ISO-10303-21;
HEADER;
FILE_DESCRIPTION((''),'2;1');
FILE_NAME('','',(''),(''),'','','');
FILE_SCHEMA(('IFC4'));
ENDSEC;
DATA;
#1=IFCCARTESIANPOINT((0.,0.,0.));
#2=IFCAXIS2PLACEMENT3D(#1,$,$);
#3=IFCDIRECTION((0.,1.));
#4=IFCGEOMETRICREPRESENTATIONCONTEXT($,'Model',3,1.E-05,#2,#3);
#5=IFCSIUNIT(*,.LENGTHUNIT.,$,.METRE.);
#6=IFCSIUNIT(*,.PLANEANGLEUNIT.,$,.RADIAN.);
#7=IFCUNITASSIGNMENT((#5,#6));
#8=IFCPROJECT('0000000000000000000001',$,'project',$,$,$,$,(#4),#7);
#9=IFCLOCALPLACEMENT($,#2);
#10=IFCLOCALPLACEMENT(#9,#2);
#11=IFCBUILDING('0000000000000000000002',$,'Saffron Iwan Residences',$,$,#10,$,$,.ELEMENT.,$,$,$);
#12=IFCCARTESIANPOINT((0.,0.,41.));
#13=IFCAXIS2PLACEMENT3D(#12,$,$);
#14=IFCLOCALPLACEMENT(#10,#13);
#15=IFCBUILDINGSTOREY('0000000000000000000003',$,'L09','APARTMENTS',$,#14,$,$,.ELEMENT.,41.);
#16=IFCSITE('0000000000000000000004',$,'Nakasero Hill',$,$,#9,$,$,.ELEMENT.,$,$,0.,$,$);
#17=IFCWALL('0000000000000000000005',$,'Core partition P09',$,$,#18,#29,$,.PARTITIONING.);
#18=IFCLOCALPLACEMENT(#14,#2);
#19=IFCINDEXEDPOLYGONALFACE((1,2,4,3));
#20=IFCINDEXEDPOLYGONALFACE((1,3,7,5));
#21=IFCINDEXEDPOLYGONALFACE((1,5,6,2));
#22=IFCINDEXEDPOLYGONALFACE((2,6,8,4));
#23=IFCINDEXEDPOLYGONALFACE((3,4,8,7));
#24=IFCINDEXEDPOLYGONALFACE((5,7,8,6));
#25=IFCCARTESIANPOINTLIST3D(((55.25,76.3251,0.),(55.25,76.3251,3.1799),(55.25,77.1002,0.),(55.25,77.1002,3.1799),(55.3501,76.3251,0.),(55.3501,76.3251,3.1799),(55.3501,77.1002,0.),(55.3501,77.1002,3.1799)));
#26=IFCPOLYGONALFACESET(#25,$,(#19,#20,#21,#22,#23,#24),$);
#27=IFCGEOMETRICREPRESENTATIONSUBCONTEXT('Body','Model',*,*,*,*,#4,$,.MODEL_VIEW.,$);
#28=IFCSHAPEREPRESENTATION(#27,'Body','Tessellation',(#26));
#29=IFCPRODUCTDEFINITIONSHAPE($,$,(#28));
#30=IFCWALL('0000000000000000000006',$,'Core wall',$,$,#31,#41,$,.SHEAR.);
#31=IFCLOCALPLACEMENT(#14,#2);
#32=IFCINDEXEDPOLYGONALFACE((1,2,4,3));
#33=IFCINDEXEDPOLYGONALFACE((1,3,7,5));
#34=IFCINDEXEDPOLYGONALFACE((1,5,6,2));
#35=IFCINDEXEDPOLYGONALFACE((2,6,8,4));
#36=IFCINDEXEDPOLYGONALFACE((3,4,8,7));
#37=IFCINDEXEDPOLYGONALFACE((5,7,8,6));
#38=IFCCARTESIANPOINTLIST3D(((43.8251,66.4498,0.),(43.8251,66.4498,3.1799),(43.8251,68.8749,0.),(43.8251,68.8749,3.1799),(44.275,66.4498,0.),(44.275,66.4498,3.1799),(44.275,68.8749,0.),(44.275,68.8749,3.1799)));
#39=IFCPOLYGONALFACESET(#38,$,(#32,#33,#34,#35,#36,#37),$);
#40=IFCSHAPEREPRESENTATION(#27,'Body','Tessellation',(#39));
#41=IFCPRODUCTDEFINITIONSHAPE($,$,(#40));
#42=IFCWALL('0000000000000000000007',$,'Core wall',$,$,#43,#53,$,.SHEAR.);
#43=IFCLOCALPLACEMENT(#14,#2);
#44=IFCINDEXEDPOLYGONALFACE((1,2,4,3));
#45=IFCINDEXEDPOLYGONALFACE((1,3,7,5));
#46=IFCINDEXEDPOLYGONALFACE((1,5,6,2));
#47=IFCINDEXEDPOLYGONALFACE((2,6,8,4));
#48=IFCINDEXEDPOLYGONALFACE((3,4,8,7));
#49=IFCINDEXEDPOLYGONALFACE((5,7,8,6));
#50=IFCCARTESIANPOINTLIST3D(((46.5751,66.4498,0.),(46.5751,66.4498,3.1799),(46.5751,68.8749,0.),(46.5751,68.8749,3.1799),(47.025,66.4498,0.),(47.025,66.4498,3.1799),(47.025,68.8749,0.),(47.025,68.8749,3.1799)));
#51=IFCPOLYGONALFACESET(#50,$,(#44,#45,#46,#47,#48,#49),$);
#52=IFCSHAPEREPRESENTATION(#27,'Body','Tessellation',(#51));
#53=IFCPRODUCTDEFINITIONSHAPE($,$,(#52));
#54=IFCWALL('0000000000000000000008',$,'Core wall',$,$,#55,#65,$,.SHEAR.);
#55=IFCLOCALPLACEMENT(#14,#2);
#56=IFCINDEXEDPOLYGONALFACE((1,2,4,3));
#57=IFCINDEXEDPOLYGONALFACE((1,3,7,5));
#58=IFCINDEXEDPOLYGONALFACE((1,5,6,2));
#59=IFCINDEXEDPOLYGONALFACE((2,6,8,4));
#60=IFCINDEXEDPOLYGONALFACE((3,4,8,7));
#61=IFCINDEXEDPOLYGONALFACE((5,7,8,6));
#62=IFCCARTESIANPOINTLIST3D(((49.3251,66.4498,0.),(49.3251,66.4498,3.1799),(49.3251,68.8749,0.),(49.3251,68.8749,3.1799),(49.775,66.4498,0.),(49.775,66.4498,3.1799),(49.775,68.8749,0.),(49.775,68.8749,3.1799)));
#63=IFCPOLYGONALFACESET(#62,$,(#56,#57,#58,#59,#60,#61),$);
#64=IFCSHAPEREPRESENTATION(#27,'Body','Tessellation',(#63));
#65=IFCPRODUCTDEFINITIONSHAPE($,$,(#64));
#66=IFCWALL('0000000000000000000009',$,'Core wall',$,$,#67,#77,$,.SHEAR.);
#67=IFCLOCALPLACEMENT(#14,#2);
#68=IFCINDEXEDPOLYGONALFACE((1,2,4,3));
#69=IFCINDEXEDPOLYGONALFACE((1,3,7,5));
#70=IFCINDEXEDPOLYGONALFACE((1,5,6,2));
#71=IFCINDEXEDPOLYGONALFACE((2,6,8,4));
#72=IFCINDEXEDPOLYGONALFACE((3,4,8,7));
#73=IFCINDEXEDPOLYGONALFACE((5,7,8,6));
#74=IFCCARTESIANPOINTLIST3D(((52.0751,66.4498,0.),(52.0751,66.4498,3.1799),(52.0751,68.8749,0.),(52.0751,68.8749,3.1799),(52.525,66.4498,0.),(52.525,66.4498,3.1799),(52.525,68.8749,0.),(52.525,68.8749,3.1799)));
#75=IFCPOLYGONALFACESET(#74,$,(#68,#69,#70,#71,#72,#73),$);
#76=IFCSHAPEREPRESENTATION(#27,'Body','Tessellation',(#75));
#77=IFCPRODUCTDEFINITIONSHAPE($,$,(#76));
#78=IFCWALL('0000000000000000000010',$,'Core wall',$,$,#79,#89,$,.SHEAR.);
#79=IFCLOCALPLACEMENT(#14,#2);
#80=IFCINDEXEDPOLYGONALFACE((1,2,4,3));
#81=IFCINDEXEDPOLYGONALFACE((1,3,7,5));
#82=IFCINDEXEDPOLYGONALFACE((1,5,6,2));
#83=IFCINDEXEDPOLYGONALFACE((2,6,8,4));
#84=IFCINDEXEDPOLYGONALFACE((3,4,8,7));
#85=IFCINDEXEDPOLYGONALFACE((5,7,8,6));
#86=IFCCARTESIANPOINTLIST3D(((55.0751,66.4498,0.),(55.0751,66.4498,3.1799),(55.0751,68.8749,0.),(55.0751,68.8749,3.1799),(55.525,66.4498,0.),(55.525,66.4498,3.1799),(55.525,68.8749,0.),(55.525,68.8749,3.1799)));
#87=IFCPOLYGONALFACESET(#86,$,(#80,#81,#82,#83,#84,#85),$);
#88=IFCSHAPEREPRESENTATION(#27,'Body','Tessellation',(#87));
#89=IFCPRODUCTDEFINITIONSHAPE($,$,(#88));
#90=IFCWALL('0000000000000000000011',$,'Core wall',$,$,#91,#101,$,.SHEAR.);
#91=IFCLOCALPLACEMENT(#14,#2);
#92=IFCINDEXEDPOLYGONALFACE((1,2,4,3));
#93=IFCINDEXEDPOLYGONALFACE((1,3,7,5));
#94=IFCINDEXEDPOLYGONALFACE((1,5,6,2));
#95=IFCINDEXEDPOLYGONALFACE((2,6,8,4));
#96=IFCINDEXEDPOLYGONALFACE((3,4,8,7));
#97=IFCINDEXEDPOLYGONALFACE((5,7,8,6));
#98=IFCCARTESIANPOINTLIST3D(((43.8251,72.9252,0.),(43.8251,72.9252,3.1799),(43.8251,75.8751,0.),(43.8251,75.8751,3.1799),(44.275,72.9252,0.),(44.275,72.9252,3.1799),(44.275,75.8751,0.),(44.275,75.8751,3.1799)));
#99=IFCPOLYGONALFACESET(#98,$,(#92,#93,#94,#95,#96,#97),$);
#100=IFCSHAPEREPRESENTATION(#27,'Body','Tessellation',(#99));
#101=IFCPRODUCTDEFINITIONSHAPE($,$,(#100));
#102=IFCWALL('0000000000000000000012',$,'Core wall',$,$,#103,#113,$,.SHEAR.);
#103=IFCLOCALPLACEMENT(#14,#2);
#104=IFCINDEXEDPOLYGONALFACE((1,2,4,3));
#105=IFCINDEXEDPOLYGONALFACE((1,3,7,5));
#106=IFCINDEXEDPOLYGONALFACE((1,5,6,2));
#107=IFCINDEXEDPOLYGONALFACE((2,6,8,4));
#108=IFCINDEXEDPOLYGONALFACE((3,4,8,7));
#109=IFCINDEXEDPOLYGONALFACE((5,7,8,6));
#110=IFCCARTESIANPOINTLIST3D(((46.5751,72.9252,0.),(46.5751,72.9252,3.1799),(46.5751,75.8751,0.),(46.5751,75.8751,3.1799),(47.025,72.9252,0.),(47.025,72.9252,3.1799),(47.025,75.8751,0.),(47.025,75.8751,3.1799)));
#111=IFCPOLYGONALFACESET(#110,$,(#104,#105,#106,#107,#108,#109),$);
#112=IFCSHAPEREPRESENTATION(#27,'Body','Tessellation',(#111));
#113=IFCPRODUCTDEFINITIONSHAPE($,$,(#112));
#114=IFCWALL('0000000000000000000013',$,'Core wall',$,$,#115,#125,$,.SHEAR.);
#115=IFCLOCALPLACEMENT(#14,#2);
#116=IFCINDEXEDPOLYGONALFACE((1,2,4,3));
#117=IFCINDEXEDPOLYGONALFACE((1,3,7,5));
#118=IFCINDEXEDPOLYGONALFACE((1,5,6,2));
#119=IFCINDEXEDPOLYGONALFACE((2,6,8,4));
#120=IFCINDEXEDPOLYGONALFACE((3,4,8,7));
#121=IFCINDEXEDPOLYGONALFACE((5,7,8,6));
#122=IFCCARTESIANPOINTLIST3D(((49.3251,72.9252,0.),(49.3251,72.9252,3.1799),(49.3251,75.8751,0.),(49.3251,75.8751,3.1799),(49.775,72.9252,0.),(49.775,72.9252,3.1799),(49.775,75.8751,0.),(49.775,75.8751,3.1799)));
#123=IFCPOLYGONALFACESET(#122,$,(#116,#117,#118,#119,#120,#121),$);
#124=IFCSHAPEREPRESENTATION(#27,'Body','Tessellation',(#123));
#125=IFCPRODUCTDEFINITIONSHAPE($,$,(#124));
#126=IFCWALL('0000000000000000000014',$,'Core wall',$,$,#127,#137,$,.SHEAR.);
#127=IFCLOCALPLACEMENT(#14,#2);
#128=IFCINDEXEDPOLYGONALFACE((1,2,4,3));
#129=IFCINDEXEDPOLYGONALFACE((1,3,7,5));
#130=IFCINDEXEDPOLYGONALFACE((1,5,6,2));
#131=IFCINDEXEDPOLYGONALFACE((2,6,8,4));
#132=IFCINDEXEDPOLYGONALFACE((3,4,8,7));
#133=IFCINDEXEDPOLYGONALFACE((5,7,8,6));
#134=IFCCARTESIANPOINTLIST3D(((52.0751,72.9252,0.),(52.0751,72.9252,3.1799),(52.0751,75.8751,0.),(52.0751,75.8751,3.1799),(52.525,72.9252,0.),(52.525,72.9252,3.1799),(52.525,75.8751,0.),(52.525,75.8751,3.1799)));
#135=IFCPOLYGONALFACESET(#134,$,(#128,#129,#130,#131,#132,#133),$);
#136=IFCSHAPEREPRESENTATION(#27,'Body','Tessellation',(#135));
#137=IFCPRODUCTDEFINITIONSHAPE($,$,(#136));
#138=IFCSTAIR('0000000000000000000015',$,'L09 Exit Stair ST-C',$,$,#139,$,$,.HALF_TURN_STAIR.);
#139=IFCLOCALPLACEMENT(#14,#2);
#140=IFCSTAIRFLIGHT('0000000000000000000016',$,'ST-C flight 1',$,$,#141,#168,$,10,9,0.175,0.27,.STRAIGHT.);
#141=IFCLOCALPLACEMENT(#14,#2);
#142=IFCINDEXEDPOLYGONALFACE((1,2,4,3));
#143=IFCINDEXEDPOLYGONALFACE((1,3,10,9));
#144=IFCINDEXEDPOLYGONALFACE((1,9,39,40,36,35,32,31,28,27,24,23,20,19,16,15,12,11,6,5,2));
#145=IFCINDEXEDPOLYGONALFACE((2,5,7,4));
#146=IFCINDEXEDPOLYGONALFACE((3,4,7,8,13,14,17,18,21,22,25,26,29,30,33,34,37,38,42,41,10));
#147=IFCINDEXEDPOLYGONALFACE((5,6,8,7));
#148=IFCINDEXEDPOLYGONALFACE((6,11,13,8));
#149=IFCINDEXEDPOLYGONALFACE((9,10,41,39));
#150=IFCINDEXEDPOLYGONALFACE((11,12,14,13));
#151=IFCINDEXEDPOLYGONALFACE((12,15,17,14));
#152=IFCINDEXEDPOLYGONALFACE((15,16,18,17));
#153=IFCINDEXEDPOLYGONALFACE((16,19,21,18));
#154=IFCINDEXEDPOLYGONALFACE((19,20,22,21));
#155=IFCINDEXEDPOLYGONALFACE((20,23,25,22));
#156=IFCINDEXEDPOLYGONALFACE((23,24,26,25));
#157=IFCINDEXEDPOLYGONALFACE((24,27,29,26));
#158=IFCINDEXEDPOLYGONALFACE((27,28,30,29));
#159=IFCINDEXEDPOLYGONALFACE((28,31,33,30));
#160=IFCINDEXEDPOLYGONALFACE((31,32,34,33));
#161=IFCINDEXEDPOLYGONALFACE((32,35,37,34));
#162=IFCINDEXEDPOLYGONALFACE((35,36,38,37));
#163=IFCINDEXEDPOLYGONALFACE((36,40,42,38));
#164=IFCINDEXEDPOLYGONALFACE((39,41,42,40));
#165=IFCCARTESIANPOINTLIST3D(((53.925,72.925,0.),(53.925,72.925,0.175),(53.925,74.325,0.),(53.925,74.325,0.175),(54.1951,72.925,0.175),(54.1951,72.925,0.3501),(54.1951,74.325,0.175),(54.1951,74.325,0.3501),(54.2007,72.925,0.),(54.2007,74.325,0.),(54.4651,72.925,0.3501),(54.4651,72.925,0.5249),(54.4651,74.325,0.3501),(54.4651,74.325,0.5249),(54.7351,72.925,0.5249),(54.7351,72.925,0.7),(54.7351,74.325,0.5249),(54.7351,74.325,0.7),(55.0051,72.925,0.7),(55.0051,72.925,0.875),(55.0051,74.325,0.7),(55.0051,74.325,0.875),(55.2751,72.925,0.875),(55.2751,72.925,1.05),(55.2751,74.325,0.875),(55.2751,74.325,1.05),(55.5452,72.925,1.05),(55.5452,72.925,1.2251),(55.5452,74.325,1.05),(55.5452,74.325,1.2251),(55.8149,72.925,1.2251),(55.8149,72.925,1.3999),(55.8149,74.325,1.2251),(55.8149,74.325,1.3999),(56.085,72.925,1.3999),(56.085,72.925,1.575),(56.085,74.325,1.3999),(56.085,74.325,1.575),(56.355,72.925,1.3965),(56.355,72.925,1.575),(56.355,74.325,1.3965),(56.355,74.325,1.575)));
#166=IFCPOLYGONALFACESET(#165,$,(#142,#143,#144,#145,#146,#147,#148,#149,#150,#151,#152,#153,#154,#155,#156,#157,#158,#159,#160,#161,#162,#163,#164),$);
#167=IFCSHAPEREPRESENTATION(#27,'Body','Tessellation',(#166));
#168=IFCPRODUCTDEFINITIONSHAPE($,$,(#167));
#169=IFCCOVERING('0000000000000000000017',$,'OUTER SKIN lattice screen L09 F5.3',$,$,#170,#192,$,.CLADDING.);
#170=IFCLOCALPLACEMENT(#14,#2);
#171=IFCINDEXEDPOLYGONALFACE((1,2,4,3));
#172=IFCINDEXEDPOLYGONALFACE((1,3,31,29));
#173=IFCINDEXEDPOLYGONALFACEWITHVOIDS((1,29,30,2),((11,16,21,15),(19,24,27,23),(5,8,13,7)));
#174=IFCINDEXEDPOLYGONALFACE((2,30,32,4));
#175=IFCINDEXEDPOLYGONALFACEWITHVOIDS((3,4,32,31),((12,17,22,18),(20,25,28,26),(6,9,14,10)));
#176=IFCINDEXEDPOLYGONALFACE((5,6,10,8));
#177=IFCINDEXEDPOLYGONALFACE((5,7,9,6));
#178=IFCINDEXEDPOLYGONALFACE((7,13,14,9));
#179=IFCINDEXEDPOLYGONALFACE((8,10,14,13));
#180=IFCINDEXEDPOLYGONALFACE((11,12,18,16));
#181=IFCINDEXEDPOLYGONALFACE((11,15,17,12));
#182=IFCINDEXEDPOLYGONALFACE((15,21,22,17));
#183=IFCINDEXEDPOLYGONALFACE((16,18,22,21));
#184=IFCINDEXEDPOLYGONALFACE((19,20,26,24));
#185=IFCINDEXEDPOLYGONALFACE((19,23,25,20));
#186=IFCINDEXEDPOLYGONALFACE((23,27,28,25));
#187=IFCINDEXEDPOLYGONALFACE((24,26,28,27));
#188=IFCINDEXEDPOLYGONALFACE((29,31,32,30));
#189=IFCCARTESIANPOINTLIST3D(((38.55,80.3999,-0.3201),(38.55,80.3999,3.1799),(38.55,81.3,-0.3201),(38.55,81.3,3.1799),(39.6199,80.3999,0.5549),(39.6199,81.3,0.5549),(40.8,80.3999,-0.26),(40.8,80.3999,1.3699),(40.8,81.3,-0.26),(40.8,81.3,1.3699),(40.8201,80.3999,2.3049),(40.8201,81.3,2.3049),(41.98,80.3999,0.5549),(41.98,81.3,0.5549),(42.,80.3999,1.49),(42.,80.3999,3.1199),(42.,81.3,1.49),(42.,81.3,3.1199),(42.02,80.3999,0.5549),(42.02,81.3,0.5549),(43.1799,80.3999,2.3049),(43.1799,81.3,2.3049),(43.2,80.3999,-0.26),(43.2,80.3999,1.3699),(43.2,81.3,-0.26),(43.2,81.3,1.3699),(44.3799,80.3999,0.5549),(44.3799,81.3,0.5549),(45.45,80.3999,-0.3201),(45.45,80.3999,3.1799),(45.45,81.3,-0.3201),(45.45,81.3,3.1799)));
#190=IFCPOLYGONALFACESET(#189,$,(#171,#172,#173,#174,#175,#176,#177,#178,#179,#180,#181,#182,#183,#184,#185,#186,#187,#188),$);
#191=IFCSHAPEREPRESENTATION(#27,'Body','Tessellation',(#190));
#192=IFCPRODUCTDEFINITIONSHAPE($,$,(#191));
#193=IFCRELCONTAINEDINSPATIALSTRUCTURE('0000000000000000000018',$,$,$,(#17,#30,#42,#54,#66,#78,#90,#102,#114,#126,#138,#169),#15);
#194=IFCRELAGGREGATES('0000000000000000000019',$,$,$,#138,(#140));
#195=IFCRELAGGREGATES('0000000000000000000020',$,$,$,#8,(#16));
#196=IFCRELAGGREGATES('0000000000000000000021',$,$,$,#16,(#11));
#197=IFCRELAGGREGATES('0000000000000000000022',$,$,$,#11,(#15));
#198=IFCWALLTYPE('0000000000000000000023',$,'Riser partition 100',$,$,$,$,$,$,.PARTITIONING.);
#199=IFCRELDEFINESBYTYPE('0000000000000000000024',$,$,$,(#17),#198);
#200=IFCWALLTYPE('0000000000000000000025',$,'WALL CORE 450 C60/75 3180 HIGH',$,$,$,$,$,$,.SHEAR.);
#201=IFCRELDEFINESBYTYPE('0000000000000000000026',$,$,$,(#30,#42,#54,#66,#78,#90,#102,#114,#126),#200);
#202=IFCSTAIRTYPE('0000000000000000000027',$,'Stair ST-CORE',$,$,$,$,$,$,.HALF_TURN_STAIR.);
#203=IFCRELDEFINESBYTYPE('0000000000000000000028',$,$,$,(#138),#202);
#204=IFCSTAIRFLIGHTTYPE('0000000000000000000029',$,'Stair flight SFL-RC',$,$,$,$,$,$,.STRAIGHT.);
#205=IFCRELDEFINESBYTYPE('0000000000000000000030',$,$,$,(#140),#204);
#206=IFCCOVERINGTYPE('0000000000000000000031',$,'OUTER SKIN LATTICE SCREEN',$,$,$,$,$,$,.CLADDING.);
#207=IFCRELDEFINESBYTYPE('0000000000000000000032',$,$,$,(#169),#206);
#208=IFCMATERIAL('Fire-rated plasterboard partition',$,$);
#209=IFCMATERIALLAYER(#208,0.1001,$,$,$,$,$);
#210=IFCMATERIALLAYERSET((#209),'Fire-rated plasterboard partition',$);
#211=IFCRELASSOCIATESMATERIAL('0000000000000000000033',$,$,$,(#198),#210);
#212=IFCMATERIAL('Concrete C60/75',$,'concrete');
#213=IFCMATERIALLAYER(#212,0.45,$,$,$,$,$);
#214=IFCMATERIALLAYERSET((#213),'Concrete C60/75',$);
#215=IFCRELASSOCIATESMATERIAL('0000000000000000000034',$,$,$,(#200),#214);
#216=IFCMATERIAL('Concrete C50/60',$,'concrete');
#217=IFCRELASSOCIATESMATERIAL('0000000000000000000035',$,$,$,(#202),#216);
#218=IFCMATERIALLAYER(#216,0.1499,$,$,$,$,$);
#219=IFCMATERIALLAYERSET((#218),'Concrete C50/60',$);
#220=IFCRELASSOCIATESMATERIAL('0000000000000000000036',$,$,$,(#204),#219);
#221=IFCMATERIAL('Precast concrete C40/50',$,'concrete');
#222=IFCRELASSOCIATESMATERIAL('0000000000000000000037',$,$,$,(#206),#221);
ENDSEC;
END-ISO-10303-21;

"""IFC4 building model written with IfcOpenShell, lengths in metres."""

from ifc_helpers import new_model, si_unit, direction, frame, frame_2d, origin, place, context, subcontext, project, spatial, polyline, rectangle, outline, extrude, material, layer, layer_set, type_object, element, aggregate, save


model = new_model("IFC4")

# Units and contexts
model_context = context("Model", 3, precision=1e-05, world=origin(), true_north=direction((0.0, 1.0)))
body_context = subcontext(model_context, "Body", "Model", "MODEL_VIEW")
ifc_project = project(units=[si_unit("LENGTHUNIT", "METRE"), si_unit("PLANEANGLEUNIT", "RADIAN")], contexts=[model_context])

# Site, building, storey
site_placement = place(None, origin())
site = spatial("IfcSite", under=ifc_project, at=site_placement, Name="Nakasero Hill", CompositionType="ELEMENT", RefElevation=0.0)
building_placement = place(site_placement, origin())
building = spatial("IfcBuilding", under=site, at=building_placement, Name="Saffron Iwan Residences", CompositionType="ELEMENT")
storey_placement = place(building_placement, frame((0.0, 0.0, 41.0)))
storey = spatial("IfcBuildingStorey", under=building, at=storey_placement, Name="L09", Description="APARTMENTS", CompositionType="ELEMENT", Elevation=41.0)

# Shared definitions
ifc_material_1 = material(Name="Concrete C60/75", Category="concrete")

# Shared definitions
ifc_material_2 = material(Name="Fire-rated plasterboard partition")

# Walls
ifc_layer_1 = layer(ifc_material_2, 0.1001)
ifc_layer_set_1 = layer_set([ifc_layer_1], Name="Fire-rated plasterboard partition")
wall_type_1 = type_object("IfcWallType", Name="Riser partition 100", PredefinedType="PARTITIONING", material=ifc_layer_set_1)
for number, where, z_axis, x_axis, name in (
    (1, (55.3, 76.325, 0.0), (0.0, 0.0, 1.0), (0.0, 1.0, 0.0), "Core partition P09"),
):
    element("IfcWall", number, at=place(storey_placement, frame(where, z_axis=z_axis, x_axis=x_axis)), inside=storey, type_object=wall_type_1, Name=name, PredefinedType="PARTITIONING", context=body_context, shape_type="SweptSolid", body=[
        extrude(rectangle(XDim=0.7751, YDim=0.1001, at=frame_2d((0.3877, 0.0))), origin(), (0.0, 0.0, 1.0), 3.1799),
    ])
ifc_layer_2 = layer(ifc_material_1, 0.45)
ifc_layer_set_2 = layer_set([ifc_layer_2], Name="Concrete C60/75")
wall_type_2 = type_object("IfcWallType", Name="WALL CORE 450 C60/75 3180 HIGH", PredefinedType="SHEAR", material=ifc_layer_set_2)
for number, where, z_axis, x_axis, name in (
    (2, (44.05, 66.45, 0.0), (0.0, 0.0, 1.0), (0.0, 1.0, 0.0), "Core wall"),
    (3, (46.8, 66.45, 0.0), (0.0, 0.0, 1.0), (0.0, 1.0, 0.0), "Core wall"),
    (4, (49.55, 66.45, 0.0), (0.0, 0.0, 1.0), (0.0, 1.0, 0.0), "Core wall"),
    (5, (52.3, 66.45, 0.0), (0.0, 0.0, 1.0), (0.0, 1.0, 0.0), "Core wall"),
    (6, (55.3, 66.45, 0.0), (0.0, 0.0, 1.0), (0.0, 1.0, 0.0), "Core wall"),
):
    element("IfcWall", number, at=place(storey_placement, frame(where, z_axis=z_axis, x_axis=x_axis)), inside=storey, type_object=wall_type_2, Name=name, PredefinedType="SHEAR", context=body_context, shape_type="SweptSolid", body=[
        extrude(rectangle(XDim=2.425, YDim=0.45, at=frame_2d((1.2124, 0.0))), origin(), (0.0, 0.0, 1.0), 3.1799),
    ])
for number, where, z_axis, x_axis, name in (
    (7, (44.05, 72.925, 0.0), (0.0, 0.0, 1.0), (0.0, 1.0, 0.0), "Core wall"),
    (8, (46.8, 72.925, 0.0), (0.0, 0.0, 1.0), (0.0, 1.0, 0.0), "Core wall"),
    (9, (49.55, 72.925, 0.0), (0.0, 0.0, 1.0), (0.0, 1.0, 0.0), "Core wall"),
    (10, (52.3, 72.925, 0.0), (0.0, 0.0, 1.0), (0.0, 1.0, 0.0), "Core wall"),
):
    element("IfcWall", number, at=place(storey_placement, frame(where, z_axis=z_axis, x_axis=x_axis)), inside=storey, type_object=wall_type_2, Name=name, PredefinedType="SHEAR", context=body_context, shape_type="SweptSolid", body=[
        extrude(rectangle(XDim=2.95, YDim=0.45, at=frame_2d((1.4751, 0.0))), origin(), (0.0, 0.0, 1.0), 3.1799),
    ])

# Stair, stair flight
ifc_material_3 = material(Name="Concrete C50/60", Category="concrete")
stair_type = type_object("IfcStairType", Name="Stair ST-CORE", PredefinedType="HALF_TURN_STAIR", material=ifc_material_3)
stair_placement = place(storey_placement, origin())
stair = element("IfcStair", 11, at=stair_placement, inside=storey, type_object=stair_type, Name="L09 Exit Stair ST-C", PredefinedType="HALF_TURN_STAIR")
ifc_layer_3 = layer(ifc_material_3, 0.1499)
ifc_layer_set_3 = layer_set([ifc_layer_3], Name="Concrete C50/60")
stair_flight_type = type_object("IfcStairFlightType", Name="Stair flight SFL-RC", PredefinedType="STRAIGHT", material=ifc_layer_set_3)
stair_flight_placement = place(storey_placement, frame((53.925, 73.625, 0.0), z_axis=(0.0, 0.0, 1.0), x_axis=(1.0, 0.0, 0.0)))
stair_flight = element("IfcStairFlight", 12, at=stair_flight_placement, type_object=stair_flight_type, Name="ST-C flight 1", NumberOfRisers=10, NumberOfTreads=9, PredefinedType="STRAIGHT", RiserHeight=0.175, TreadLength=0.27, context=body_context, shape_type="SweptSolid", body=[
    extrude(outline(polyline([(0.0, 0.0), (0.0, 0.175), (0.27, 0.175), (0.27, 0.3501), (0.54, 0.3501), (0.54, 0.5249), (0.8101, 0.5249), (0.8101, 0.7), (1.0801, 0.7), (1.0801, 0.875), (1.3501, 0.875), (1.3501, 1.05), (1.6201, 1.05), (1.6201, 1.2251), (1.8899, 1.2251), (1.8899, 1.3999), (2.1599, 1.3999), (2.1599, 1.575), (2.4299, 1.575), (2.4299, 1.75), (2.4299, 1.3965), (0.2756, 0.0), (0.0, 0.0)])), frame((0.0, 0.7, 0.0), z_axis=(0.0, -1.0, 0.0), x_axis=(1.0, 0.0, 0.0)), (0.0, 0.0, 1.0), 1.3999),
])
aggregate(stair, [stair_flight])

# Covering
ifc_material_4 = material(Name="Precast concrete C40/50", Category="concrete")
covering_type_1 = type_object("IfcCoveringType", Name="OUTER SKIN LATTICE SCREEN", PredefinedType="CLADDING", material=ifc_material_4)
covering_placement = place(storey_placement, frame((45.45, 80.3999, -0.3201), z_axis=(0.0, 1.0, 0.0), x_axis=(-1.0, 0.0, 0.0)))
element("IfcCovering", 13, at=covering_placement, inside=storey, type_object=covering_type_1, Name="OUTER SKIN lattice screen L09 F5.3", PredefinedType="CLADDING", context=body_context, shape_type="SweptSolid", body=[
    extrude(outline(polyline([(0.0, 0.0), (6.8999, 0.0), (6.8999, 3.5), (0.0, 3.5), (0.0, 0.0)]), holes=[polyline([(1.0701, 0.875), (2.25, 0.0601), (3.4299, 0.875), (2.25, 1.6899), (1.0701, 0.875)]), polyline([(3.47, 0.875), (4.6499, 0.0601), (5.8301, 0.875), (4.6499, 1.6899), (3.47, 0.875)]), polyline([(2.27, 2.625), (3.45, 1.8101), (4.6299, 2.625), (3.45, 3.4399), (2.27, 2.625)])]), origin(), (0.0, 0.0, 1.0), 0.9001),
])

save(model, "model.ifc")
